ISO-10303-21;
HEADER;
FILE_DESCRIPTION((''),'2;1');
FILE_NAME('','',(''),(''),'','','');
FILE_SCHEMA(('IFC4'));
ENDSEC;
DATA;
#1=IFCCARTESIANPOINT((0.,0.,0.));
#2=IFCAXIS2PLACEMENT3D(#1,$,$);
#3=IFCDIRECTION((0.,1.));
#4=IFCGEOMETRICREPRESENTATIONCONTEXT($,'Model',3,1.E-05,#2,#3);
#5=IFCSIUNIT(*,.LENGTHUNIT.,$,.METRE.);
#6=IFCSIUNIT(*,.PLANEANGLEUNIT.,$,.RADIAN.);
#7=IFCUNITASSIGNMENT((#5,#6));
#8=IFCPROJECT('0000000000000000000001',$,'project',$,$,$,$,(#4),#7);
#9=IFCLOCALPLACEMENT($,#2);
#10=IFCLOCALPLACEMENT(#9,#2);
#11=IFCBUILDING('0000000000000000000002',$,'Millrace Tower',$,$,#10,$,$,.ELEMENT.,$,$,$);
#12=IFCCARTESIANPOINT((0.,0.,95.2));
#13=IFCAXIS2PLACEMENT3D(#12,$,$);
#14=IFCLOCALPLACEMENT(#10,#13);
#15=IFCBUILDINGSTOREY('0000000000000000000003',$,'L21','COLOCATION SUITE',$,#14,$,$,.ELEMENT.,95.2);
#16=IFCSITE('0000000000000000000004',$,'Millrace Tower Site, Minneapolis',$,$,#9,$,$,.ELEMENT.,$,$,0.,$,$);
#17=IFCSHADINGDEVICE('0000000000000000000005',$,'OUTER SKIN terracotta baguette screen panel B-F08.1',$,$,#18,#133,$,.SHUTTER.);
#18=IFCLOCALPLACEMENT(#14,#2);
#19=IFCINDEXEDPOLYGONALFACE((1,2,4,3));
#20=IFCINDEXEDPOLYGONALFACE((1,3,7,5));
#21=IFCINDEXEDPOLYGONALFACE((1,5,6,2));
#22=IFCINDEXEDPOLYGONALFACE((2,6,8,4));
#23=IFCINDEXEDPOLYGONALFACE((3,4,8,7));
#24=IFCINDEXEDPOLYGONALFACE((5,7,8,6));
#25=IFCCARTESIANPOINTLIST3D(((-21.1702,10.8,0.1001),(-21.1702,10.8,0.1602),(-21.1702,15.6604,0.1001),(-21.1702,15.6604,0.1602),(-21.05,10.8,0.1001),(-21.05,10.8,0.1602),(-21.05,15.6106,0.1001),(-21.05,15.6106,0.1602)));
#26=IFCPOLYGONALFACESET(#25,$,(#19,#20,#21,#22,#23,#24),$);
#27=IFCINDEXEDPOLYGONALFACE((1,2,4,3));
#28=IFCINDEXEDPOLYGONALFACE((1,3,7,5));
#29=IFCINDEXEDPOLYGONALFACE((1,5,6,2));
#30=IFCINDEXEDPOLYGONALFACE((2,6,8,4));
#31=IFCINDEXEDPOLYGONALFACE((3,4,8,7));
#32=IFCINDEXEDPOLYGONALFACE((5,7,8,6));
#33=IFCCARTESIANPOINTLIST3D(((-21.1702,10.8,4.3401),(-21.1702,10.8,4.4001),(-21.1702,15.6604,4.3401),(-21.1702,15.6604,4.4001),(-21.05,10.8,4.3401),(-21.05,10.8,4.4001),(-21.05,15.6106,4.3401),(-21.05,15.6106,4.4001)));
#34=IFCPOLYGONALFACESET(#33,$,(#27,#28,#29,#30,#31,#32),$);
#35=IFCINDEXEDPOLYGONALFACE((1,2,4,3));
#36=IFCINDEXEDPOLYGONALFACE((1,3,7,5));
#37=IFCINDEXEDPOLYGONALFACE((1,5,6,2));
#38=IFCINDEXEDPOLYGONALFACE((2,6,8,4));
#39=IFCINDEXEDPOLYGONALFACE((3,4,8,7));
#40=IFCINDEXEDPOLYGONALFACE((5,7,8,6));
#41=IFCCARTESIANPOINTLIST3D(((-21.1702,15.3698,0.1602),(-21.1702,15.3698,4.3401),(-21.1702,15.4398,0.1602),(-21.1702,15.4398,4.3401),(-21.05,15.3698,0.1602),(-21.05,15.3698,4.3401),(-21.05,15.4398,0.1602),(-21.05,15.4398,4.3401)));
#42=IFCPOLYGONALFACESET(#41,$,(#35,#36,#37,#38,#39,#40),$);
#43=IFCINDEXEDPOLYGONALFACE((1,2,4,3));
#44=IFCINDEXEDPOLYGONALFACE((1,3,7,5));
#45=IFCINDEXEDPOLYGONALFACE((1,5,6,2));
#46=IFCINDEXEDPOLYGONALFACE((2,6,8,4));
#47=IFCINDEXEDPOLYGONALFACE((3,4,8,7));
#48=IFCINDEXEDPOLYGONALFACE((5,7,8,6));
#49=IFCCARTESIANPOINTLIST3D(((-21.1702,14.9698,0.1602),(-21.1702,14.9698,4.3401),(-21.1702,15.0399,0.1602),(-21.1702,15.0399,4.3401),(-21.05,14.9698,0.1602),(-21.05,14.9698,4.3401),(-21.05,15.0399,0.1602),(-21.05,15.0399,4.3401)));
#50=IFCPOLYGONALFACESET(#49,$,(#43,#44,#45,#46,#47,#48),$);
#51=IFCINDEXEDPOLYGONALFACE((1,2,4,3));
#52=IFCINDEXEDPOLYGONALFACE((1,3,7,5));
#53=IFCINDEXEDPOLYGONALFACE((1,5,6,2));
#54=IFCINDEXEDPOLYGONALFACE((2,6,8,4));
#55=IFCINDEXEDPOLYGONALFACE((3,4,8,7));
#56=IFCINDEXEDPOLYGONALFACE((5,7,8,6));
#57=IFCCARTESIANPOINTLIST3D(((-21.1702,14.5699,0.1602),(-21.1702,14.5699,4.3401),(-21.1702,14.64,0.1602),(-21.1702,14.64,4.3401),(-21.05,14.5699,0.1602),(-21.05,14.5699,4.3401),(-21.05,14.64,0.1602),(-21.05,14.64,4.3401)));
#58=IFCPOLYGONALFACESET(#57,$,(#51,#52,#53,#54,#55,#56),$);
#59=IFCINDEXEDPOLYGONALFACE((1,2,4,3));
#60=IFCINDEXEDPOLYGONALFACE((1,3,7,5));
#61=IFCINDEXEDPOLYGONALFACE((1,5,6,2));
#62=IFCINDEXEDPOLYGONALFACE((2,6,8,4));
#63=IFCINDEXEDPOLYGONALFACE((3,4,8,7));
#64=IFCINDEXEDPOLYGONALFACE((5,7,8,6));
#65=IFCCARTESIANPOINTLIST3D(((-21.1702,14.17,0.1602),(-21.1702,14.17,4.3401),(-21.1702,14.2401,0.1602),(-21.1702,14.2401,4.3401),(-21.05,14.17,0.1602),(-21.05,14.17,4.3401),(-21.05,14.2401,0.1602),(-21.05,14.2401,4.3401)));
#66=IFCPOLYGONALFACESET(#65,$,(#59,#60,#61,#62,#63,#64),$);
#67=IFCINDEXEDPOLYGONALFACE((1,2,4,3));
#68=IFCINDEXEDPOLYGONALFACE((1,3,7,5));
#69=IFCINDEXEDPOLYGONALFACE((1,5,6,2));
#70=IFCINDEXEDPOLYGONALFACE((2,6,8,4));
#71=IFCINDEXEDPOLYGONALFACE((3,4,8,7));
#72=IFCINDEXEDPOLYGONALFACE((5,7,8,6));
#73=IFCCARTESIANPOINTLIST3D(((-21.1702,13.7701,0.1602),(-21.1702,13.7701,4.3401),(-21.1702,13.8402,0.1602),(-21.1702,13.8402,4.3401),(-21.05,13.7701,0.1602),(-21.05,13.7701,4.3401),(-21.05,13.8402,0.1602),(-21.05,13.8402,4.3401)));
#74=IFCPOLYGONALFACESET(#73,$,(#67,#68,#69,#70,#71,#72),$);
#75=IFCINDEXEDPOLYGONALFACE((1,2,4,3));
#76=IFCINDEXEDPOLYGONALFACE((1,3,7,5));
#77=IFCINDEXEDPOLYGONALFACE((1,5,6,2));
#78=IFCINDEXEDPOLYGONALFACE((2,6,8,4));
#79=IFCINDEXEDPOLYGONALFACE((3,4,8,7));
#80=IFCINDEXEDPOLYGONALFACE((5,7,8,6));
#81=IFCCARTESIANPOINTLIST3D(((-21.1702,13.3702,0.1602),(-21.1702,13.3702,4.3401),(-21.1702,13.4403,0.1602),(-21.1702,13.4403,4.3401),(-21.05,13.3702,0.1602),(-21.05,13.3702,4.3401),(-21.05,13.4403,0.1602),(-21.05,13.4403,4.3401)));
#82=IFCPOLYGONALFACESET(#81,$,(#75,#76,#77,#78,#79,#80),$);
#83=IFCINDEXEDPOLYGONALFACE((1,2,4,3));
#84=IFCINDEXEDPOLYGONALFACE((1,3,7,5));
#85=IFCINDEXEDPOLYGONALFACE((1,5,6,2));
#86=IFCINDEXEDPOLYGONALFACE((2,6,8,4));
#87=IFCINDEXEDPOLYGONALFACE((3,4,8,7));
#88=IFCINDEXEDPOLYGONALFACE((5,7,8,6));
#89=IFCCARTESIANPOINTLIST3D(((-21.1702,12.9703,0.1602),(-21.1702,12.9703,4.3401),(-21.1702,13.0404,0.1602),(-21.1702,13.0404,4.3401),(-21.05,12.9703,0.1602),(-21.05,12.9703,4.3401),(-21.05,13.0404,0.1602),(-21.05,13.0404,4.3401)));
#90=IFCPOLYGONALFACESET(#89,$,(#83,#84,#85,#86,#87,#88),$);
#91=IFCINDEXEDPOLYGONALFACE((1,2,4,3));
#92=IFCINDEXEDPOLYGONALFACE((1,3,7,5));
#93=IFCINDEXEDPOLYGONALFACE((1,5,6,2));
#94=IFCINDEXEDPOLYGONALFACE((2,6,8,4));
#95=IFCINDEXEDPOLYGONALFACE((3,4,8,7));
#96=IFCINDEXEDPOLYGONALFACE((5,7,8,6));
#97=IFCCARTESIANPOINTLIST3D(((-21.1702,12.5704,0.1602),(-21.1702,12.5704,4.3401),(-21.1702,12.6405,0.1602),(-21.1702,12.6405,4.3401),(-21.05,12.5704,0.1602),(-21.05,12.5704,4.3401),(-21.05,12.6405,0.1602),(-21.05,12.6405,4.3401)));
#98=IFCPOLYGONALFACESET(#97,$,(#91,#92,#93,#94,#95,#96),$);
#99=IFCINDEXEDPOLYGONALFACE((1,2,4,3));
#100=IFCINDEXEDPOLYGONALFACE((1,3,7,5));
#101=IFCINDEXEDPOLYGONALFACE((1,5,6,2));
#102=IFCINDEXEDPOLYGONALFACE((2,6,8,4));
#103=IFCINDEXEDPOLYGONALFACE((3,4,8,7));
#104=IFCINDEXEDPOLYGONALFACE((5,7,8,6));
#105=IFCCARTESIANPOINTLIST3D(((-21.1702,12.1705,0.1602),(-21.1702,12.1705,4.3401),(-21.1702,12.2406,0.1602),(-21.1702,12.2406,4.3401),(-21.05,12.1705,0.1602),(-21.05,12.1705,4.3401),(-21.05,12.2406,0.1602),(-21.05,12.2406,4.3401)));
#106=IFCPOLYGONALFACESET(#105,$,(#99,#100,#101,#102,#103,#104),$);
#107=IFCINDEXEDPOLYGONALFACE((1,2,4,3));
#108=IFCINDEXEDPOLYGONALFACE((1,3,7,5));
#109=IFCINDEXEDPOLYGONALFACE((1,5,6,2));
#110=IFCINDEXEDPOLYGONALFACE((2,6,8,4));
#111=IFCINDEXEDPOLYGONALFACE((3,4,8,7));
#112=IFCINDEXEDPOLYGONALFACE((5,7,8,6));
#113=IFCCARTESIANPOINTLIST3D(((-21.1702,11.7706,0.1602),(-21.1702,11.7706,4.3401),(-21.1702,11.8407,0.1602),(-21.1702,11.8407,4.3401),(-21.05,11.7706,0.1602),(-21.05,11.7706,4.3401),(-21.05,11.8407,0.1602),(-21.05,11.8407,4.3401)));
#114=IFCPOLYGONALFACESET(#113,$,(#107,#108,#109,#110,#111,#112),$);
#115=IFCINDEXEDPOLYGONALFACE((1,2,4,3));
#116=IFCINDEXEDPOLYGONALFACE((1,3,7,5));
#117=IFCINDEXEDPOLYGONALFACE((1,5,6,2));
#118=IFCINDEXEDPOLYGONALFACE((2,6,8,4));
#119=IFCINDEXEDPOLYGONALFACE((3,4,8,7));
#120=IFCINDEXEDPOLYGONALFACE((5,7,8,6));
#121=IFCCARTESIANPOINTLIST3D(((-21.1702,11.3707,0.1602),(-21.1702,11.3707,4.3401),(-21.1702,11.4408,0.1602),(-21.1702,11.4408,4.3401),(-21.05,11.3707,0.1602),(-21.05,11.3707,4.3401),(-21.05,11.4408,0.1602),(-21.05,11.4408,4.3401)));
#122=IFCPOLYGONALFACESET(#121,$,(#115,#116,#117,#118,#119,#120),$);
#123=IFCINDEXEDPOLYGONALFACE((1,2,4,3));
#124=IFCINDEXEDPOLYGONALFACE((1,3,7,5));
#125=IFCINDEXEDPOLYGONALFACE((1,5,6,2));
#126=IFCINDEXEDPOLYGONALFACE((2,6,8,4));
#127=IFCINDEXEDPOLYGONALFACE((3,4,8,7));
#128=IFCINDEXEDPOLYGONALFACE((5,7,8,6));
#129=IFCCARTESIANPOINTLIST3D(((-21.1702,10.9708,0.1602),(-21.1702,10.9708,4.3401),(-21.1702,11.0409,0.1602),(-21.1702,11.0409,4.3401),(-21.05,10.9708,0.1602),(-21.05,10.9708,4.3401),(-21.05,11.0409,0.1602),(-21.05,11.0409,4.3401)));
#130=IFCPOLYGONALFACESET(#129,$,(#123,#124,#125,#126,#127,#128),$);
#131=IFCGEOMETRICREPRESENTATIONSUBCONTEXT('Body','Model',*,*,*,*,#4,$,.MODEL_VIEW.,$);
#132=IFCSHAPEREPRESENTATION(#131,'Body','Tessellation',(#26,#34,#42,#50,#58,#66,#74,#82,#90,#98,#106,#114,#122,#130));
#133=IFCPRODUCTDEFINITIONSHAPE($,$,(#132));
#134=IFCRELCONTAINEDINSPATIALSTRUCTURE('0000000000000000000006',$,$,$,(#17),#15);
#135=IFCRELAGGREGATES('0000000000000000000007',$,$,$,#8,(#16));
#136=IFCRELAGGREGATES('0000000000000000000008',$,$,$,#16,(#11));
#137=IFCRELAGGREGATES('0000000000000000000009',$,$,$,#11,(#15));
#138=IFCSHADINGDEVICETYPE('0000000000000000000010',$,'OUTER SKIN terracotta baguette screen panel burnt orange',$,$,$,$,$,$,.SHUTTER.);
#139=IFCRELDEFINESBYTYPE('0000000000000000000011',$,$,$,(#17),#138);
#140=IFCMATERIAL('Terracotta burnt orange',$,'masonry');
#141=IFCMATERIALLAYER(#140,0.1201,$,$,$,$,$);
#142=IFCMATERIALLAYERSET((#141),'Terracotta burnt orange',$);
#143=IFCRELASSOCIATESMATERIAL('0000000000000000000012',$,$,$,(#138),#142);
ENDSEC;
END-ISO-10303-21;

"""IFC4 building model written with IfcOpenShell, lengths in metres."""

from ifc_helpers import new_model, entity, si_unit, direction, frame, frame_2d, origin, place, context, subcontext, project, spatial, rectangle, extrude, source, transform, mapped, material, layer, layer_set, type_object, element, save


model = new_model("IFC4")

# Units and contexts
model_context = context("Model", 3, precision=1e-05, world=origin(), true_north=direction((0.0, 1.0)))
body_context = subcontext(model_context, "Body", "Model", "MODEL_VIEW")
ifc_project = project(units=[si_unit("LENGTHUNIT", "METRE"), si_unit("PLANEANGLEUNIT", "RADIAN")], contexts=[model_context])

# Site, building, storey
site_placement = place(None, origin())
site = spatial("IfcSite", under=ifc_project, at=site_placement, Name="Millrace Tower Site, Minneapolis", CompositionType="ELEMENT", RefElevation=0.0)
building_placement = place(site_placement, origin())
building = spatial("IfcBuilding", under=site, at=building_placement, Name="Millrace Tower", CompositionType="ELEMENT")
storey_placement = place(building_placement, frame((0.0, 0.0, 95.2)))
storey = spatial("IfcBuildingStorey", under=building, at=storey_placement, Name="L21", Description="COLOCATION SUITE", CompositionType="ELEMENT", Elevation=95.2)

# Shading device
ifc_material_1 = material(Name="Terracotta burnt orange", Category="masonry")
ifc_layer_1 = layer(ifc_material_1, 0.1201)
ifc_layer_set_1 = layer_set([ifc_layer_1], Name="Terracotta burnt orange")
shading_device_type = type_object("IfcShadingDeviceType", Name="OUTER SKIN terracotta baguette screen panel burnt orange", PredefinedType="SHUTTER", material=ifc_layer_set_1)
cartesian_point_1 = entity("IfcCartesianPoint", [-2.3928, 0.0601])
shared_polyline_1 = entity("IfcPolyline", [cartesian_point_1, entity("IfcCartesianPoint", [2.4177, 0.0601]), entity("IfcCartesianPoint", [2.4177, -0.0601]), entity("IfcCartesianPoint", [-2.4426, -0.0601]), cartesian_point_1])
shared_shape_1 = source(origin(), body_context, "Body", "SweptSolid", [
    entity("IfcExtrudedAreaSolid", entity("IfcArbitraryClosedProfileDef", "AREA", None, shared_polyline_1), entity("IfcAxis2Placement3D", entity("IfcCartesianPoint", [0.0, 0.0, 0.0])), entity("IfcDirection", [0.0, 0.0, 1.0]), 0.0601),
    entity("IfcExtrudedAreaSolid", entity("IfcArbitraryClosedProfileDef", "AREA", None, shared_polyline_1), entity("IfcAxis2Placement3D", entity("IfcCartesianPoint", [0.0, 0.0, 4.24])), entity("IfcDirection", [0.0, 0.0, 1.0]), 0.0601),
    extrude(rectangle(XDim=0.0701, YDim=0.1201, at=frame_2d((-2.187, 0.0))), frame((0.0, 0.0, 0.0601)), (0.0, 0.0, 1.0), 4.1799),
    extrude(rectangle(XDim=0.0701, YDim=0.1201, at=frame_2d((-1.7871, 0.0))), frame((0.0, 0.0, 0.0601)), (0.0, 0.0, 1.0), 4.1799),
    extrude(rectangle(XDim=0.0701, YDim=0.1201, at=frame_2d((-1.3872, 0.0))), frame((0.0, 0.0, 0.0601)), (0.0, 0.0, 1.0), 4.1799),
    extrude(rectangle(XDim=0.0701, YDim=0.1201, at=frame_2d((-0.9873, 0.0))), frame((0.0, 0.0, 0.0601)), (0.0, 0.0, 1.0), 4.1799),
    extrude(rectangle(XDim=0.0701, YDim=0.1201, at=frame_2d((-0.5874, 0.0))), frame((0.0, 0.0, 0.0601)), (0.0, 0.0, 1.0), 4.1799),
    extrude(rectangle(XDim=0.0701, YDim=0.1201, at=frame_2d((-0.1875, 0.0))), frame((0.0, 0.0, 0.0601)), (0.0, 0.0, 1.0), 4.1799),
    extrude(rectangle(XDim=0.0701, YDim=0.1201, at=frame_2d((0.2124, 0.0))), frame((0.0, 0.0, 0.0601)), (0.0, 0.0, 1.0), 4.1799),
    extrude(rectangle(XDim=0.0701, YDim=0.1201, at=frame_2d((0.6123, 0.0))), frame((0.0, 0.0, 0.0601)), (0.0, 0.0, 1.0), 4.1799),
    extrude(rectangle(XDim=0.0701, YDim=0.1201, at=frame_2d((1.0122, 0.0))), frame((0.0, 0.0, 0.0601)), (0.0, 0.0, 1.0), 4.1799),
    extrude(rectangle(XDim=0.0701, YDim=0.1201, at=frame_2d((1.4121, 0.0))), frame((0.0, 0.0, 0.0601)), (0.0, 0.0, 1.0), 4.1799),
    extrude(rectangle(XDim=0.0701, YDim=0.1201, at=frame_2d((1.812, 0.0))), frame((0.0, 0.0, 0.0601)), (0.0, 0.0, 1.0), 4.1799),
    extrude(rectangle(XDim=0.0701, YDim=0.1201, at=frame_2d((2.2119, 0.0))), frame((0.0, 0.0, 0.0601)), (0.0, 0.0, 1.0), 4.1799),
])
shading_device_1_placement = place(storey_placement, frame((-21.1101, 13.2178, 0.1001), z_axis=(0.0, 0.0, 1.0), x_axis=(0.0, -1.0, 0.0)))
element("IfcShadingDevice", 1, at=shading_device_1_placement, inside=storey, type_object=shading_device_type, Name="OUTER SKIN terracotta baguette screen panel B-F08.1", PredefinedType="SHUTTER", context=body_context, shape_type="MappedRepresentation", body=[
    mapped(shared_shape_1, transform((0.0, 0.0, 0.0), scale=1.0)),
])

save(model, "model.ifc")
